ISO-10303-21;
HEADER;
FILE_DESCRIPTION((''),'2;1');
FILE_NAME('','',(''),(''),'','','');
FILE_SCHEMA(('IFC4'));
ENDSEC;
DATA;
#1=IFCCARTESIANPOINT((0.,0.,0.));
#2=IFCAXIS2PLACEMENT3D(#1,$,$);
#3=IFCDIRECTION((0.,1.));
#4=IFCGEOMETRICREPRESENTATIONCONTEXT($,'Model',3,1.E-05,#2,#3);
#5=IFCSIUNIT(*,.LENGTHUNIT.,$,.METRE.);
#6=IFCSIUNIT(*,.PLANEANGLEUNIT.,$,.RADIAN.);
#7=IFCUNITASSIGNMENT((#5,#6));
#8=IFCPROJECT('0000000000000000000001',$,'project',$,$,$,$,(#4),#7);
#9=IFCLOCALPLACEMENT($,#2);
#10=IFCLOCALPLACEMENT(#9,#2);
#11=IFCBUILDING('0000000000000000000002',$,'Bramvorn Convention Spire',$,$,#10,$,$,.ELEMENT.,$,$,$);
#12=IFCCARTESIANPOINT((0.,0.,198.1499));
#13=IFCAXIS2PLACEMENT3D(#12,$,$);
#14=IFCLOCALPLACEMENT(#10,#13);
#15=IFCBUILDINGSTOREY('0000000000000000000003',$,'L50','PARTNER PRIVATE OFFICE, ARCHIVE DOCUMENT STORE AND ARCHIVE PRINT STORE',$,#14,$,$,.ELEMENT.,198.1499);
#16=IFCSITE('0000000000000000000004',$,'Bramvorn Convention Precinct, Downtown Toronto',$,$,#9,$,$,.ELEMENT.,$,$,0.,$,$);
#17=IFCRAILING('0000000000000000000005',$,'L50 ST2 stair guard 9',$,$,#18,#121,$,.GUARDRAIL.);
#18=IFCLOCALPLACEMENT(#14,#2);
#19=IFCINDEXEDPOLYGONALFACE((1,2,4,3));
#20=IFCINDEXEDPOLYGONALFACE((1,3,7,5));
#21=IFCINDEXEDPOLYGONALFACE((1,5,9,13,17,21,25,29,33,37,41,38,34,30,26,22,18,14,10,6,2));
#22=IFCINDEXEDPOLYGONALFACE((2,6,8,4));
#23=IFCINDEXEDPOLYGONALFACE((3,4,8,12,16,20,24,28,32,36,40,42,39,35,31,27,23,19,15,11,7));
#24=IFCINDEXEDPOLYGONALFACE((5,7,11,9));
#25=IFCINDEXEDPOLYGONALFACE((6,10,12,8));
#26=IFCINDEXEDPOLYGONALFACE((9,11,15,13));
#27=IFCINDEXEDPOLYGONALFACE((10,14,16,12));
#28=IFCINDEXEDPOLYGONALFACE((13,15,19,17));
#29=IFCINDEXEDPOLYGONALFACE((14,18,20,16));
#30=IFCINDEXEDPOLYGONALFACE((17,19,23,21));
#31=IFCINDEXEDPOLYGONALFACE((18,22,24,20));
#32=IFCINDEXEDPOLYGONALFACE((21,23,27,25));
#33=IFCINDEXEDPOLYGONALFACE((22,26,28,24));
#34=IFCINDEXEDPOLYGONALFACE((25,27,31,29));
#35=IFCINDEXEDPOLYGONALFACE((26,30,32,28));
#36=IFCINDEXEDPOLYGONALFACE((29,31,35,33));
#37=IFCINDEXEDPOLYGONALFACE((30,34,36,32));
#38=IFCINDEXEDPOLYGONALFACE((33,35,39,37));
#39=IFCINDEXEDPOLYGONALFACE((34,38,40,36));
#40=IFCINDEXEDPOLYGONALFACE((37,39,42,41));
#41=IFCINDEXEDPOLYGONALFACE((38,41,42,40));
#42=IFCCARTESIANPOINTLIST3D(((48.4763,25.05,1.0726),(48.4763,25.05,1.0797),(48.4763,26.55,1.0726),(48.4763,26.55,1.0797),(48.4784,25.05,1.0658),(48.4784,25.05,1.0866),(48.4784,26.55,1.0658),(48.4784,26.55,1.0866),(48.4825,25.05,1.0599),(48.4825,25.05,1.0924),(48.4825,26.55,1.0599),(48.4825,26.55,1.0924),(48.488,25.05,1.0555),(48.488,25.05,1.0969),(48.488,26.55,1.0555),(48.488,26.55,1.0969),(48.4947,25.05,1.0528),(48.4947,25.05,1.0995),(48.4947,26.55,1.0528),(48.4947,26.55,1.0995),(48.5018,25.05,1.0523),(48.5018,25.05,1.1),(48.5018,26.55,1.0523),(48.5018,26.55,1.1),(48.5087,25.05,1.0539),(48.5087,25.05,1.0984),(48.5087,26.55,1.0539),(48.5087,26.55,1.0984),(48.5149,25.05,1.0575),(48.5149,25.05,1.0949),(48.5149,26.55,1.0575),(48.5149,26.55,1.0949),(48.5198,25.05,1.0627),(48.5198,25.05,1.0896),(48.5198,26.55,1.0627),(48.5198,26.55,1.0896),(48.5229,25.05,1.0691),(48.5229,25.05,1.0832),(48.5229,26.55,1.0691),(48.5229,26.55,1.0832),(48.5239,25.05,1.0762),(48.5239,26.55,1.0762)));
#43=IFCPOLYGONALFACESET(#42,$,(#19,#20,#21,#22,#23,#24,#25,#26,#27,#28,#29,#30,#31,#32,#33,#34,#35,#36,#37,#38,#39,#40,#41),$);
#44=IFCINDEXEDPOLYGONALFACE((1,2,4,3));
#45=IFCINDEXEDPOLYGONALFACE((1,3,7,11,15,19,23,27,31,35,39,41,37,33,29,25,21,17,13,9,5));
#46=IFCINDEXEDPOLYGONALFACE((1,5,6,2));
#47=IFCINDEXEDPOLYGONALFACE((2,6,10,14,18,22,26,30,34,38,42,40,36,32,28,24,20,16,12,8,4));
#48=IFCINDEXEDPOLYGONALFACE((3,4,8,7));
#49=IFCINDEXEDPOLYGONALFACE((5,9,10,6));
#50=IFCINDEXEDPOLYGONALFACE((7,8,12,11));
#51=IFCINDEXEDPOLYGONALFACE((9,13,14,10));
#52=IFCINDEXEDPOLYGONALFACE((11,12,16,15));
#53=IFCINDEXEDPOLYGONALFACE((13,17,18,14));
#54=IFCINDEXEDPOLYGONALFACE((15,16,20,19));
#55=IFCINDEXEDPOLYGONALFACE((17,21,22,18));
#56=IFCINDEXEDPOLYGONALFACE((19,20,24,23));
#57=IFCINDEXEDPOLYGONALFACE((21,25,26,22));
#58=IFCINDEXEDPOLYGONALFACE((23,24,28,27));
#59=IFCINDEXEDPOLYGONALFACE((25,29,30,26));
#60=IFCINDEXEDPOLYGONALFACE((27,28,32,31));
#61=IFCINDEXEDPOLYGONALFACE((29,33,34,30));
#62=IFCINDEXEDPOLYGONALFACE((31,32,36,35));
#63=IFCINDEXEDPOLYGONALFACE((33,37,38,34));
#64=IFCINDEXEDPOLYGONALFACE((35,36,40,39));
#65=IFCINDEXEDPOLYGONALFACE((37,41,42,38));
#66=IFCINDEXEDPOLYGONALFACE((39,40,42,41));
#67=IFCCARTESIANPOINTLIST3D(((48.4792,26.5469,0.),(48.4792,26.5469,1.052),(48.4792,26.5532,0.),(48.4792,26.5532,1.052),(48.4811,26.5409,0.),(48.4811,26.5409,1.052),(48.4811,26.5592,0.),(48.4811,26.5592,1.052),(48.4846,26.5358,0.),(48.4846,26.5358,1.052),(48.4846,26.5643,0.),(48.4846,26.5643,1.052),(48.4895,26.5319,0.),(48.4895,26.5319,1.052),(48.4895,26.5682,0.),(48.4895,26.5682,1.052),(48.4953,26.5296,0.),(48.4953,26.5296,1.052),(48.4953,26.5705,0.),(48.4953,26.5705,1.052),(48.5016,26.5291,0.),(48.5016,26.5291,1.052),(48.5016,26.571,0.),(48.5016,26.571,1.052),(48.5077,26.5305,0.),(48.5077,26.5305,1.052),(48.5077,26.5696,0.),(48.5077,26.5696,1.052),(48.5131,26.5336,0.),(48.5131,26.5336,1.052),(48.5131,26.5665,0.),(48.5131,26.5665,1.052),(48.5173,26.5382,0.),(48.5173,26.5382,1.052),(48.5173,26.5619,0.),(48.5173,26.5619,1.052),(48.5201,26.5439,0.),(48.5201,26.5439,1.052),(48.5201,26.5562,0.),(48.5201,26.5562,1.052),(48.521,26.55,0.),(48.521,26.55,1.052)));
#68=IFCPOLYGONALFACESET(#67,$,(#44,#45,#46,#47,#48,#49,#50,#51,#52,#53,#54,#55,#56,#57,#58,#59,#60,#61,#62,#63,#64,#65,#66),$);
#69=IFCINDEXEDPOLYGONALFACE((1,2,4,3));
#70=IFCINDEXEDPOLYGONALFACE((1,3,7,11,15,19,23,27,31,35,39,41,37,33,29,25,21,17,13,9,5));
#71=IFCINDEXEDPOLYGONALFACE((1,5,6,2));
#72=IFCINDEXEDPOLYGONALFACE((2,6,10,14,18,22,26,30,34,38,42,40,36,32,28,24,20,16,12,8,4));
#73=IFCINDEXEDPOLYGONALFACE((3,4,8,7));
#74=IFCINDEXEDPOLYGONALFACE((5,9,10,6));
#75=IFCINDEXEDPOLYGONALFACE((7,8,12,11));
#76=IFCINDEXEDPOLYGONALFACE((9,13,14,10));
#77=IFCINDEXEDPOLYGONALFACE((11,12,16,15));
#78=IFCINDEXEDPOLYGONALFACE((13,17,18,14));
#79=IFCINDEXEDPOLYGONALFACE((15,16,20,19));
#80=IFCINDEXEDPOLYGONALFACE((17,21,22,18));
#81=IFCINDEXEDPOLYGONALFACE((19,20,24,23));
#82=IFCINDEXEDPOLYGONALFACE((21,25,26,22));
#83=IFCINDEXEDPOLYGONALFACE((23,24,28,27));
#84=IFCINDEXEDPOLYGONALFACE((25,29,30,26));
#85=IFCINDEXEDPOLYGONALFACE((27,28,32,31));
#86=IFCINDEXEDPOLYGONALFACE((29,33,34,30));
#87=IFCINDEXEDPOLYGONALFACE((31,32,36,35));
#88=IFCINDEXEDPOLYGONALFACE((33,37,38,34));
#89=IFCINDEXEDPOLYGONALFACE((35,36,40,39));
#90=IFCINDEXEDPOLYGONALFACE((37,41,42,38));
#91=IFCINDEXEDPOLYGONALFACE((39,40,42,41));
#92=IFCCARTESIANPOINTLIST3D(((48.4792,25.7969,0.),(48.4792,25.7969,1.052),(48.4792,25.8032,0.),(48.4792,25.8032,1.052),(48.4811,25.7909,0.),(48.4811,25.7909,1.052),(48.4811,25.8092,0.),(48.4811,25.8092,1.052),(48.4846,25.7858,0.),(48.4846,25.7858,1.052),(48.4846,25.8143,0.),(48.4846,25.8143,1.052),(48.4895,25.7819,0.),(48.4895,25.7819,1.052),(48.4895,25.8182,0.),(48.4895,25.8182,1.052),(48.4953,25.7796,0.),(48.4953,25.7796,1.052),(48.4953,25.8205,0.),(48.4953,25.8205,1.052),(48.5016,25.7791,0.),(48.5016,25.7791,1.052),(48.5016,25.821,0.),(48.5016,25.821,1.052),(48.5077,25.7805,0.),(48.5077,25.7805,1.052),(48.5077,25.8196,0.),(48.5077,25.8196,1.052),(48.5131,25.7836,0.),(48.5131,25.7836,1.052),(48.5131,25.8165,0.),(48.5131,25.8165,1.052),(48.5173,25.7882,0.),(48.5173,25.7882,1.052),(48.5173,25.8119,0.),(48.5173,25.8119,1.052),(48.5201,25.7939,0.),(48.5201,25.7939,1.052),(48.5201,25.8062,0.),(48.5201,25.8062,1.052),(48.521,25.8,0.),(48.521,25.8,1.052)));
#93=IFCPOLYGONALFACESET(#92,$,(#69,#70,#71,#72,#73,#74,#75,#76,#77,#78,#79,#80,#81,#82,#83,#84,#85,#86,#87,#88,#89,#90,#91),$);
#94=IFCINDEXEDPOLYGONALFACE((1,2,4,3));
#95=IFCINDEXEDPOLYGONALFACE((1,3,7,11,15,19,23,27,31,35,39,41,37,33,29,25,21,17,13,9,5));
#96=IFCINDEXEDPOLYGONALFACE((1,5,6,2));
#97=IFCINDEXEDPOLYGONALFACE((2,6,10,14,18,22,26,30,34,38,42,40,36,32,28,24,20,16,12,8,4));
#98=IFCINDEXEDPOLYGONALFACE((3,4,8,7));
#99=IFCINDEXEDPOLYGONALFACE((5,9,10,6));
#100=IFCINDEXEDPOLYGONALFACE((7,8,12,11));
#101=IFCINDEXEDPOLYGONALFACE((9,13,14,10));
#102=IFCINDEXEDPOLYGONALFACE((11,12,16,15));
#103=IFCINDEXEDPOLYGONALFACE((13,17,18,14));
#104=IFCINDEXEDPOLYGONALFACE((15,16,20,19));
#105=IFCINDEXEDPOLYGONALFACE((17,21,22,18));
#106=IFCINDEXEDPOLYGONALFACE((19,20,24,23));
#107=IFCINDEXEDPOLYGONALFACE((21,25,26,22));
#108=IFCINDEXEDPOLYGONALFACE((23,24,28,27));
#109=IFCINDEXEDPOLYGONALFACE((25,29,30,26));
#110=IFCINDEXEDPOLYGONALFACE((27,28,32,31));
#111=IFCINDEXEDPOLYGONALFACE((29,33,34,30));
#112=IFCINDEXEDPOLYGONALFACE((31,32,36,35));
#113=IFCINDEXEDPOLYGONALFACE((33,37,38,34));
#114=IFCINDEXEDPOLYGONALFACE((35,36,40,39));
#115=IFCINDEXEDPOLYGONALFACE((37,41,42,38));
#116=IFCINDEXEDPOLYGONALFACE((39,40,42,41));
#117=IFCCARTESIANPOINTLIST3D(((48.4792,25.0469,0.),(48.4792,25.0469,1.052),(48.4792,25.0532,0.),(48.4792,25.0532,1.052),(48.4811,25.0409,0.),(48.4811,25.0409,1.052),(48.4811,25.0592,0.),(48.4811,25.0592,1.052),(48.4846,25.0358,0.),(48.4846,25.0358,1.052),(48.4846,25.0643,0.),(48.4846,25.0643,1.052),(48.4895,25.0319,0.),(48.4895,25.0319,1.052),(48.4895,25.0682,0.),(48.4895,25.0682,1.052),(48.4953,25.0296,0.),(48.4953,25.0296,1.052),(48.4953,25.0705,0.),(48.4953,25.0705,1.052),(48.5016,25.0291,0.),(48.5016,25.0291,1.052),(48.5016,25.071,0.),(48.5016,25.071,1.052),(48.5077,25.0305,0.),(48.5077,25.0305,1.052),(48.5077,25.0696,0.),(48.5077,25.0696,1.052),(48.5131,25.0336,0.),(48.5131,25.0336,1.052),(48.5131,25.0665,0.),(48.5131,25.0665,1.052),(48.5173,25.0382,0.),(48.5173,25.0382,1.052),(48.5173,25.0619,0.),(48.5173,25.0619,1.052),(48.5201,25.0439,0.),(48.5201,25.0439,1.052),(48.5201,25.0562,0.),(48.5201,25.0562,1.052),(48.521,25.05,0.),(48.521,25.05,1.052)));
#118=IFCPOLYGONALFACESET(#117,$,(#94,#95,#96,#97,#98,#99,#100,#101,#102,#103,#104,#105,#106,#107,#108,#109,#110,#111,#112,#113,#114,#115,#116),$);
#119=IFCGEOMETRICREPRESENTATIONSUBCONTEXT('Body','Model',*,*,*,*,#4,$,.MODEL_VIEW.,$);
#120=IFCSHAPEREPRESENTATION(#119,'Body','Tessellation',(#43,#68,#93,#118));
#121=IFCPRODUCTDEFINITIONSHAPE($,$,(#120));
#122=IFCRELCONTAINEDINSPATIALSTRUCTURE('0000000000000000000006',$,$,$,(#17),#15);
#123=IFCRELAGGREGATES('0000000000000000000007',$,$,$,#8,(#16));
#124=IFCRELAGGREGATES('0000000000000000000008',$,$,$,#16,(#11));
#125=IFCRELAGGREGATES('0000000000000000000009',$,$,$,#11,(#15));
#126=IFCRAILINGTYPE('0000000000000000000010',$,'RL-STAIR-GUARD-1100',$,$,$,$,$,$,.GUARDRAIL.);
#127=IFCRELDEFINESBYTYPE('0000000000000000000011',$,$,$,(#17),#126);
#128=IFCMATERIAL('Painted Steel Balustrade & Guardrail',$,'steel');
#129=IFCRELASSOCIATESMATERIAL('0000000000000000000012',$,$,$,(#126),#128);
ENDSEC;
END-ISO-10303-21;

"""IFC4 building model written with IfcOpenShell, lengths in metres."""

from ifc_helpers import new_model, si_unit, direction, frame, origin, origin_2d, place, context, subcontext, project, spatial, circle, extrude, material, type_object, element, save


model = new_model("IFC4")

# Units and contexts
model_context = context("Model", 3, precision=1e-05, world=origin(), true_north=direction((0.0, 1.0)))
body_context = subcontext(model_context, "Body", "Model", "MODEL_VIEW")
ifc_project = project(units=[si_unit("LENGTHUNIT", "METRE"), si_unit("PLANEANGLEUNIT", "RADIAN")], contexts=[model_context])

# Site, building, storey
site_placement = place(None, origin())
site = spatial("IfcSite", under=ifc_project, at=site_placement, Name="Bramvorn Convention Precinct, Downtown Toronto", CompositionType="ELEMENT", RefElevation=0.0)
building_placement = place(site_placement, origin())
building = spatial("IfcBuilding", under=site, at=building_placement, Name="Bramvorn Convention Spire", CompositionType="ELEMENT")
storey_placement = place(building_placement, frame((0.0, 0.0, 198.1499)))
storey = spatial("IfcBuildingStorey", under=building, at=storey_placement, Name="L50", Description="PARTNER PRIVATE OFFICE, ARCHIVE DOCUMENT STORE AND ARCHIVE PRINT STORE", CompositionType="ELEMENT", Elevation=198.1499)

# Railing
ifc_material_1 = material(Name="Painted Steel Balustrade & Guardrail", Category="steel")
railing_type_1 = type_object("IfcRailingType", Name="RL-STAIR-GUARD-1100", PredefinedType="GUARDRAIL", material=ifc_material_1)
for number, where, name in (
    (1, (48.5, 26.55, 0.0), "L50 ST2 stair guard 9"),
):
    element("IfcRailing", number, at=place(storey_placement, frame(where)), inside=storey, type_object=railing_type_1, Name=name, PredefinedType="GUARDRAIL", context=body_context, shape_type="SweptSolid", body=[
        extrude(circle(Radius=0.0239, at=origin_2d()), frame((0.0, 0.0, 1.0762), z_axis=(0.0, -1.0, 0.0), x_axis=(1.0, 0.0, 0.0)), (0.0, 0.0, 1.0), 1.5),
        extrude(circle(Radius=0.021, at=origin_2d()), origin(), (0.0, 0.0, 1.0), 1.052),
        extrude(circle(Radius=0.021, at=origin_2d()), frame((0.0, -0.75, 0.0)), (0.0, 0.0, 1.0), 1.052),
        extrude(circle(Radius=0.021, at=origin_2d()), frame((0.0, -1.5, 0.0)), (0.0, 0.0, 1.0), 1.052),
    ])

save(model, "model.ifc")
